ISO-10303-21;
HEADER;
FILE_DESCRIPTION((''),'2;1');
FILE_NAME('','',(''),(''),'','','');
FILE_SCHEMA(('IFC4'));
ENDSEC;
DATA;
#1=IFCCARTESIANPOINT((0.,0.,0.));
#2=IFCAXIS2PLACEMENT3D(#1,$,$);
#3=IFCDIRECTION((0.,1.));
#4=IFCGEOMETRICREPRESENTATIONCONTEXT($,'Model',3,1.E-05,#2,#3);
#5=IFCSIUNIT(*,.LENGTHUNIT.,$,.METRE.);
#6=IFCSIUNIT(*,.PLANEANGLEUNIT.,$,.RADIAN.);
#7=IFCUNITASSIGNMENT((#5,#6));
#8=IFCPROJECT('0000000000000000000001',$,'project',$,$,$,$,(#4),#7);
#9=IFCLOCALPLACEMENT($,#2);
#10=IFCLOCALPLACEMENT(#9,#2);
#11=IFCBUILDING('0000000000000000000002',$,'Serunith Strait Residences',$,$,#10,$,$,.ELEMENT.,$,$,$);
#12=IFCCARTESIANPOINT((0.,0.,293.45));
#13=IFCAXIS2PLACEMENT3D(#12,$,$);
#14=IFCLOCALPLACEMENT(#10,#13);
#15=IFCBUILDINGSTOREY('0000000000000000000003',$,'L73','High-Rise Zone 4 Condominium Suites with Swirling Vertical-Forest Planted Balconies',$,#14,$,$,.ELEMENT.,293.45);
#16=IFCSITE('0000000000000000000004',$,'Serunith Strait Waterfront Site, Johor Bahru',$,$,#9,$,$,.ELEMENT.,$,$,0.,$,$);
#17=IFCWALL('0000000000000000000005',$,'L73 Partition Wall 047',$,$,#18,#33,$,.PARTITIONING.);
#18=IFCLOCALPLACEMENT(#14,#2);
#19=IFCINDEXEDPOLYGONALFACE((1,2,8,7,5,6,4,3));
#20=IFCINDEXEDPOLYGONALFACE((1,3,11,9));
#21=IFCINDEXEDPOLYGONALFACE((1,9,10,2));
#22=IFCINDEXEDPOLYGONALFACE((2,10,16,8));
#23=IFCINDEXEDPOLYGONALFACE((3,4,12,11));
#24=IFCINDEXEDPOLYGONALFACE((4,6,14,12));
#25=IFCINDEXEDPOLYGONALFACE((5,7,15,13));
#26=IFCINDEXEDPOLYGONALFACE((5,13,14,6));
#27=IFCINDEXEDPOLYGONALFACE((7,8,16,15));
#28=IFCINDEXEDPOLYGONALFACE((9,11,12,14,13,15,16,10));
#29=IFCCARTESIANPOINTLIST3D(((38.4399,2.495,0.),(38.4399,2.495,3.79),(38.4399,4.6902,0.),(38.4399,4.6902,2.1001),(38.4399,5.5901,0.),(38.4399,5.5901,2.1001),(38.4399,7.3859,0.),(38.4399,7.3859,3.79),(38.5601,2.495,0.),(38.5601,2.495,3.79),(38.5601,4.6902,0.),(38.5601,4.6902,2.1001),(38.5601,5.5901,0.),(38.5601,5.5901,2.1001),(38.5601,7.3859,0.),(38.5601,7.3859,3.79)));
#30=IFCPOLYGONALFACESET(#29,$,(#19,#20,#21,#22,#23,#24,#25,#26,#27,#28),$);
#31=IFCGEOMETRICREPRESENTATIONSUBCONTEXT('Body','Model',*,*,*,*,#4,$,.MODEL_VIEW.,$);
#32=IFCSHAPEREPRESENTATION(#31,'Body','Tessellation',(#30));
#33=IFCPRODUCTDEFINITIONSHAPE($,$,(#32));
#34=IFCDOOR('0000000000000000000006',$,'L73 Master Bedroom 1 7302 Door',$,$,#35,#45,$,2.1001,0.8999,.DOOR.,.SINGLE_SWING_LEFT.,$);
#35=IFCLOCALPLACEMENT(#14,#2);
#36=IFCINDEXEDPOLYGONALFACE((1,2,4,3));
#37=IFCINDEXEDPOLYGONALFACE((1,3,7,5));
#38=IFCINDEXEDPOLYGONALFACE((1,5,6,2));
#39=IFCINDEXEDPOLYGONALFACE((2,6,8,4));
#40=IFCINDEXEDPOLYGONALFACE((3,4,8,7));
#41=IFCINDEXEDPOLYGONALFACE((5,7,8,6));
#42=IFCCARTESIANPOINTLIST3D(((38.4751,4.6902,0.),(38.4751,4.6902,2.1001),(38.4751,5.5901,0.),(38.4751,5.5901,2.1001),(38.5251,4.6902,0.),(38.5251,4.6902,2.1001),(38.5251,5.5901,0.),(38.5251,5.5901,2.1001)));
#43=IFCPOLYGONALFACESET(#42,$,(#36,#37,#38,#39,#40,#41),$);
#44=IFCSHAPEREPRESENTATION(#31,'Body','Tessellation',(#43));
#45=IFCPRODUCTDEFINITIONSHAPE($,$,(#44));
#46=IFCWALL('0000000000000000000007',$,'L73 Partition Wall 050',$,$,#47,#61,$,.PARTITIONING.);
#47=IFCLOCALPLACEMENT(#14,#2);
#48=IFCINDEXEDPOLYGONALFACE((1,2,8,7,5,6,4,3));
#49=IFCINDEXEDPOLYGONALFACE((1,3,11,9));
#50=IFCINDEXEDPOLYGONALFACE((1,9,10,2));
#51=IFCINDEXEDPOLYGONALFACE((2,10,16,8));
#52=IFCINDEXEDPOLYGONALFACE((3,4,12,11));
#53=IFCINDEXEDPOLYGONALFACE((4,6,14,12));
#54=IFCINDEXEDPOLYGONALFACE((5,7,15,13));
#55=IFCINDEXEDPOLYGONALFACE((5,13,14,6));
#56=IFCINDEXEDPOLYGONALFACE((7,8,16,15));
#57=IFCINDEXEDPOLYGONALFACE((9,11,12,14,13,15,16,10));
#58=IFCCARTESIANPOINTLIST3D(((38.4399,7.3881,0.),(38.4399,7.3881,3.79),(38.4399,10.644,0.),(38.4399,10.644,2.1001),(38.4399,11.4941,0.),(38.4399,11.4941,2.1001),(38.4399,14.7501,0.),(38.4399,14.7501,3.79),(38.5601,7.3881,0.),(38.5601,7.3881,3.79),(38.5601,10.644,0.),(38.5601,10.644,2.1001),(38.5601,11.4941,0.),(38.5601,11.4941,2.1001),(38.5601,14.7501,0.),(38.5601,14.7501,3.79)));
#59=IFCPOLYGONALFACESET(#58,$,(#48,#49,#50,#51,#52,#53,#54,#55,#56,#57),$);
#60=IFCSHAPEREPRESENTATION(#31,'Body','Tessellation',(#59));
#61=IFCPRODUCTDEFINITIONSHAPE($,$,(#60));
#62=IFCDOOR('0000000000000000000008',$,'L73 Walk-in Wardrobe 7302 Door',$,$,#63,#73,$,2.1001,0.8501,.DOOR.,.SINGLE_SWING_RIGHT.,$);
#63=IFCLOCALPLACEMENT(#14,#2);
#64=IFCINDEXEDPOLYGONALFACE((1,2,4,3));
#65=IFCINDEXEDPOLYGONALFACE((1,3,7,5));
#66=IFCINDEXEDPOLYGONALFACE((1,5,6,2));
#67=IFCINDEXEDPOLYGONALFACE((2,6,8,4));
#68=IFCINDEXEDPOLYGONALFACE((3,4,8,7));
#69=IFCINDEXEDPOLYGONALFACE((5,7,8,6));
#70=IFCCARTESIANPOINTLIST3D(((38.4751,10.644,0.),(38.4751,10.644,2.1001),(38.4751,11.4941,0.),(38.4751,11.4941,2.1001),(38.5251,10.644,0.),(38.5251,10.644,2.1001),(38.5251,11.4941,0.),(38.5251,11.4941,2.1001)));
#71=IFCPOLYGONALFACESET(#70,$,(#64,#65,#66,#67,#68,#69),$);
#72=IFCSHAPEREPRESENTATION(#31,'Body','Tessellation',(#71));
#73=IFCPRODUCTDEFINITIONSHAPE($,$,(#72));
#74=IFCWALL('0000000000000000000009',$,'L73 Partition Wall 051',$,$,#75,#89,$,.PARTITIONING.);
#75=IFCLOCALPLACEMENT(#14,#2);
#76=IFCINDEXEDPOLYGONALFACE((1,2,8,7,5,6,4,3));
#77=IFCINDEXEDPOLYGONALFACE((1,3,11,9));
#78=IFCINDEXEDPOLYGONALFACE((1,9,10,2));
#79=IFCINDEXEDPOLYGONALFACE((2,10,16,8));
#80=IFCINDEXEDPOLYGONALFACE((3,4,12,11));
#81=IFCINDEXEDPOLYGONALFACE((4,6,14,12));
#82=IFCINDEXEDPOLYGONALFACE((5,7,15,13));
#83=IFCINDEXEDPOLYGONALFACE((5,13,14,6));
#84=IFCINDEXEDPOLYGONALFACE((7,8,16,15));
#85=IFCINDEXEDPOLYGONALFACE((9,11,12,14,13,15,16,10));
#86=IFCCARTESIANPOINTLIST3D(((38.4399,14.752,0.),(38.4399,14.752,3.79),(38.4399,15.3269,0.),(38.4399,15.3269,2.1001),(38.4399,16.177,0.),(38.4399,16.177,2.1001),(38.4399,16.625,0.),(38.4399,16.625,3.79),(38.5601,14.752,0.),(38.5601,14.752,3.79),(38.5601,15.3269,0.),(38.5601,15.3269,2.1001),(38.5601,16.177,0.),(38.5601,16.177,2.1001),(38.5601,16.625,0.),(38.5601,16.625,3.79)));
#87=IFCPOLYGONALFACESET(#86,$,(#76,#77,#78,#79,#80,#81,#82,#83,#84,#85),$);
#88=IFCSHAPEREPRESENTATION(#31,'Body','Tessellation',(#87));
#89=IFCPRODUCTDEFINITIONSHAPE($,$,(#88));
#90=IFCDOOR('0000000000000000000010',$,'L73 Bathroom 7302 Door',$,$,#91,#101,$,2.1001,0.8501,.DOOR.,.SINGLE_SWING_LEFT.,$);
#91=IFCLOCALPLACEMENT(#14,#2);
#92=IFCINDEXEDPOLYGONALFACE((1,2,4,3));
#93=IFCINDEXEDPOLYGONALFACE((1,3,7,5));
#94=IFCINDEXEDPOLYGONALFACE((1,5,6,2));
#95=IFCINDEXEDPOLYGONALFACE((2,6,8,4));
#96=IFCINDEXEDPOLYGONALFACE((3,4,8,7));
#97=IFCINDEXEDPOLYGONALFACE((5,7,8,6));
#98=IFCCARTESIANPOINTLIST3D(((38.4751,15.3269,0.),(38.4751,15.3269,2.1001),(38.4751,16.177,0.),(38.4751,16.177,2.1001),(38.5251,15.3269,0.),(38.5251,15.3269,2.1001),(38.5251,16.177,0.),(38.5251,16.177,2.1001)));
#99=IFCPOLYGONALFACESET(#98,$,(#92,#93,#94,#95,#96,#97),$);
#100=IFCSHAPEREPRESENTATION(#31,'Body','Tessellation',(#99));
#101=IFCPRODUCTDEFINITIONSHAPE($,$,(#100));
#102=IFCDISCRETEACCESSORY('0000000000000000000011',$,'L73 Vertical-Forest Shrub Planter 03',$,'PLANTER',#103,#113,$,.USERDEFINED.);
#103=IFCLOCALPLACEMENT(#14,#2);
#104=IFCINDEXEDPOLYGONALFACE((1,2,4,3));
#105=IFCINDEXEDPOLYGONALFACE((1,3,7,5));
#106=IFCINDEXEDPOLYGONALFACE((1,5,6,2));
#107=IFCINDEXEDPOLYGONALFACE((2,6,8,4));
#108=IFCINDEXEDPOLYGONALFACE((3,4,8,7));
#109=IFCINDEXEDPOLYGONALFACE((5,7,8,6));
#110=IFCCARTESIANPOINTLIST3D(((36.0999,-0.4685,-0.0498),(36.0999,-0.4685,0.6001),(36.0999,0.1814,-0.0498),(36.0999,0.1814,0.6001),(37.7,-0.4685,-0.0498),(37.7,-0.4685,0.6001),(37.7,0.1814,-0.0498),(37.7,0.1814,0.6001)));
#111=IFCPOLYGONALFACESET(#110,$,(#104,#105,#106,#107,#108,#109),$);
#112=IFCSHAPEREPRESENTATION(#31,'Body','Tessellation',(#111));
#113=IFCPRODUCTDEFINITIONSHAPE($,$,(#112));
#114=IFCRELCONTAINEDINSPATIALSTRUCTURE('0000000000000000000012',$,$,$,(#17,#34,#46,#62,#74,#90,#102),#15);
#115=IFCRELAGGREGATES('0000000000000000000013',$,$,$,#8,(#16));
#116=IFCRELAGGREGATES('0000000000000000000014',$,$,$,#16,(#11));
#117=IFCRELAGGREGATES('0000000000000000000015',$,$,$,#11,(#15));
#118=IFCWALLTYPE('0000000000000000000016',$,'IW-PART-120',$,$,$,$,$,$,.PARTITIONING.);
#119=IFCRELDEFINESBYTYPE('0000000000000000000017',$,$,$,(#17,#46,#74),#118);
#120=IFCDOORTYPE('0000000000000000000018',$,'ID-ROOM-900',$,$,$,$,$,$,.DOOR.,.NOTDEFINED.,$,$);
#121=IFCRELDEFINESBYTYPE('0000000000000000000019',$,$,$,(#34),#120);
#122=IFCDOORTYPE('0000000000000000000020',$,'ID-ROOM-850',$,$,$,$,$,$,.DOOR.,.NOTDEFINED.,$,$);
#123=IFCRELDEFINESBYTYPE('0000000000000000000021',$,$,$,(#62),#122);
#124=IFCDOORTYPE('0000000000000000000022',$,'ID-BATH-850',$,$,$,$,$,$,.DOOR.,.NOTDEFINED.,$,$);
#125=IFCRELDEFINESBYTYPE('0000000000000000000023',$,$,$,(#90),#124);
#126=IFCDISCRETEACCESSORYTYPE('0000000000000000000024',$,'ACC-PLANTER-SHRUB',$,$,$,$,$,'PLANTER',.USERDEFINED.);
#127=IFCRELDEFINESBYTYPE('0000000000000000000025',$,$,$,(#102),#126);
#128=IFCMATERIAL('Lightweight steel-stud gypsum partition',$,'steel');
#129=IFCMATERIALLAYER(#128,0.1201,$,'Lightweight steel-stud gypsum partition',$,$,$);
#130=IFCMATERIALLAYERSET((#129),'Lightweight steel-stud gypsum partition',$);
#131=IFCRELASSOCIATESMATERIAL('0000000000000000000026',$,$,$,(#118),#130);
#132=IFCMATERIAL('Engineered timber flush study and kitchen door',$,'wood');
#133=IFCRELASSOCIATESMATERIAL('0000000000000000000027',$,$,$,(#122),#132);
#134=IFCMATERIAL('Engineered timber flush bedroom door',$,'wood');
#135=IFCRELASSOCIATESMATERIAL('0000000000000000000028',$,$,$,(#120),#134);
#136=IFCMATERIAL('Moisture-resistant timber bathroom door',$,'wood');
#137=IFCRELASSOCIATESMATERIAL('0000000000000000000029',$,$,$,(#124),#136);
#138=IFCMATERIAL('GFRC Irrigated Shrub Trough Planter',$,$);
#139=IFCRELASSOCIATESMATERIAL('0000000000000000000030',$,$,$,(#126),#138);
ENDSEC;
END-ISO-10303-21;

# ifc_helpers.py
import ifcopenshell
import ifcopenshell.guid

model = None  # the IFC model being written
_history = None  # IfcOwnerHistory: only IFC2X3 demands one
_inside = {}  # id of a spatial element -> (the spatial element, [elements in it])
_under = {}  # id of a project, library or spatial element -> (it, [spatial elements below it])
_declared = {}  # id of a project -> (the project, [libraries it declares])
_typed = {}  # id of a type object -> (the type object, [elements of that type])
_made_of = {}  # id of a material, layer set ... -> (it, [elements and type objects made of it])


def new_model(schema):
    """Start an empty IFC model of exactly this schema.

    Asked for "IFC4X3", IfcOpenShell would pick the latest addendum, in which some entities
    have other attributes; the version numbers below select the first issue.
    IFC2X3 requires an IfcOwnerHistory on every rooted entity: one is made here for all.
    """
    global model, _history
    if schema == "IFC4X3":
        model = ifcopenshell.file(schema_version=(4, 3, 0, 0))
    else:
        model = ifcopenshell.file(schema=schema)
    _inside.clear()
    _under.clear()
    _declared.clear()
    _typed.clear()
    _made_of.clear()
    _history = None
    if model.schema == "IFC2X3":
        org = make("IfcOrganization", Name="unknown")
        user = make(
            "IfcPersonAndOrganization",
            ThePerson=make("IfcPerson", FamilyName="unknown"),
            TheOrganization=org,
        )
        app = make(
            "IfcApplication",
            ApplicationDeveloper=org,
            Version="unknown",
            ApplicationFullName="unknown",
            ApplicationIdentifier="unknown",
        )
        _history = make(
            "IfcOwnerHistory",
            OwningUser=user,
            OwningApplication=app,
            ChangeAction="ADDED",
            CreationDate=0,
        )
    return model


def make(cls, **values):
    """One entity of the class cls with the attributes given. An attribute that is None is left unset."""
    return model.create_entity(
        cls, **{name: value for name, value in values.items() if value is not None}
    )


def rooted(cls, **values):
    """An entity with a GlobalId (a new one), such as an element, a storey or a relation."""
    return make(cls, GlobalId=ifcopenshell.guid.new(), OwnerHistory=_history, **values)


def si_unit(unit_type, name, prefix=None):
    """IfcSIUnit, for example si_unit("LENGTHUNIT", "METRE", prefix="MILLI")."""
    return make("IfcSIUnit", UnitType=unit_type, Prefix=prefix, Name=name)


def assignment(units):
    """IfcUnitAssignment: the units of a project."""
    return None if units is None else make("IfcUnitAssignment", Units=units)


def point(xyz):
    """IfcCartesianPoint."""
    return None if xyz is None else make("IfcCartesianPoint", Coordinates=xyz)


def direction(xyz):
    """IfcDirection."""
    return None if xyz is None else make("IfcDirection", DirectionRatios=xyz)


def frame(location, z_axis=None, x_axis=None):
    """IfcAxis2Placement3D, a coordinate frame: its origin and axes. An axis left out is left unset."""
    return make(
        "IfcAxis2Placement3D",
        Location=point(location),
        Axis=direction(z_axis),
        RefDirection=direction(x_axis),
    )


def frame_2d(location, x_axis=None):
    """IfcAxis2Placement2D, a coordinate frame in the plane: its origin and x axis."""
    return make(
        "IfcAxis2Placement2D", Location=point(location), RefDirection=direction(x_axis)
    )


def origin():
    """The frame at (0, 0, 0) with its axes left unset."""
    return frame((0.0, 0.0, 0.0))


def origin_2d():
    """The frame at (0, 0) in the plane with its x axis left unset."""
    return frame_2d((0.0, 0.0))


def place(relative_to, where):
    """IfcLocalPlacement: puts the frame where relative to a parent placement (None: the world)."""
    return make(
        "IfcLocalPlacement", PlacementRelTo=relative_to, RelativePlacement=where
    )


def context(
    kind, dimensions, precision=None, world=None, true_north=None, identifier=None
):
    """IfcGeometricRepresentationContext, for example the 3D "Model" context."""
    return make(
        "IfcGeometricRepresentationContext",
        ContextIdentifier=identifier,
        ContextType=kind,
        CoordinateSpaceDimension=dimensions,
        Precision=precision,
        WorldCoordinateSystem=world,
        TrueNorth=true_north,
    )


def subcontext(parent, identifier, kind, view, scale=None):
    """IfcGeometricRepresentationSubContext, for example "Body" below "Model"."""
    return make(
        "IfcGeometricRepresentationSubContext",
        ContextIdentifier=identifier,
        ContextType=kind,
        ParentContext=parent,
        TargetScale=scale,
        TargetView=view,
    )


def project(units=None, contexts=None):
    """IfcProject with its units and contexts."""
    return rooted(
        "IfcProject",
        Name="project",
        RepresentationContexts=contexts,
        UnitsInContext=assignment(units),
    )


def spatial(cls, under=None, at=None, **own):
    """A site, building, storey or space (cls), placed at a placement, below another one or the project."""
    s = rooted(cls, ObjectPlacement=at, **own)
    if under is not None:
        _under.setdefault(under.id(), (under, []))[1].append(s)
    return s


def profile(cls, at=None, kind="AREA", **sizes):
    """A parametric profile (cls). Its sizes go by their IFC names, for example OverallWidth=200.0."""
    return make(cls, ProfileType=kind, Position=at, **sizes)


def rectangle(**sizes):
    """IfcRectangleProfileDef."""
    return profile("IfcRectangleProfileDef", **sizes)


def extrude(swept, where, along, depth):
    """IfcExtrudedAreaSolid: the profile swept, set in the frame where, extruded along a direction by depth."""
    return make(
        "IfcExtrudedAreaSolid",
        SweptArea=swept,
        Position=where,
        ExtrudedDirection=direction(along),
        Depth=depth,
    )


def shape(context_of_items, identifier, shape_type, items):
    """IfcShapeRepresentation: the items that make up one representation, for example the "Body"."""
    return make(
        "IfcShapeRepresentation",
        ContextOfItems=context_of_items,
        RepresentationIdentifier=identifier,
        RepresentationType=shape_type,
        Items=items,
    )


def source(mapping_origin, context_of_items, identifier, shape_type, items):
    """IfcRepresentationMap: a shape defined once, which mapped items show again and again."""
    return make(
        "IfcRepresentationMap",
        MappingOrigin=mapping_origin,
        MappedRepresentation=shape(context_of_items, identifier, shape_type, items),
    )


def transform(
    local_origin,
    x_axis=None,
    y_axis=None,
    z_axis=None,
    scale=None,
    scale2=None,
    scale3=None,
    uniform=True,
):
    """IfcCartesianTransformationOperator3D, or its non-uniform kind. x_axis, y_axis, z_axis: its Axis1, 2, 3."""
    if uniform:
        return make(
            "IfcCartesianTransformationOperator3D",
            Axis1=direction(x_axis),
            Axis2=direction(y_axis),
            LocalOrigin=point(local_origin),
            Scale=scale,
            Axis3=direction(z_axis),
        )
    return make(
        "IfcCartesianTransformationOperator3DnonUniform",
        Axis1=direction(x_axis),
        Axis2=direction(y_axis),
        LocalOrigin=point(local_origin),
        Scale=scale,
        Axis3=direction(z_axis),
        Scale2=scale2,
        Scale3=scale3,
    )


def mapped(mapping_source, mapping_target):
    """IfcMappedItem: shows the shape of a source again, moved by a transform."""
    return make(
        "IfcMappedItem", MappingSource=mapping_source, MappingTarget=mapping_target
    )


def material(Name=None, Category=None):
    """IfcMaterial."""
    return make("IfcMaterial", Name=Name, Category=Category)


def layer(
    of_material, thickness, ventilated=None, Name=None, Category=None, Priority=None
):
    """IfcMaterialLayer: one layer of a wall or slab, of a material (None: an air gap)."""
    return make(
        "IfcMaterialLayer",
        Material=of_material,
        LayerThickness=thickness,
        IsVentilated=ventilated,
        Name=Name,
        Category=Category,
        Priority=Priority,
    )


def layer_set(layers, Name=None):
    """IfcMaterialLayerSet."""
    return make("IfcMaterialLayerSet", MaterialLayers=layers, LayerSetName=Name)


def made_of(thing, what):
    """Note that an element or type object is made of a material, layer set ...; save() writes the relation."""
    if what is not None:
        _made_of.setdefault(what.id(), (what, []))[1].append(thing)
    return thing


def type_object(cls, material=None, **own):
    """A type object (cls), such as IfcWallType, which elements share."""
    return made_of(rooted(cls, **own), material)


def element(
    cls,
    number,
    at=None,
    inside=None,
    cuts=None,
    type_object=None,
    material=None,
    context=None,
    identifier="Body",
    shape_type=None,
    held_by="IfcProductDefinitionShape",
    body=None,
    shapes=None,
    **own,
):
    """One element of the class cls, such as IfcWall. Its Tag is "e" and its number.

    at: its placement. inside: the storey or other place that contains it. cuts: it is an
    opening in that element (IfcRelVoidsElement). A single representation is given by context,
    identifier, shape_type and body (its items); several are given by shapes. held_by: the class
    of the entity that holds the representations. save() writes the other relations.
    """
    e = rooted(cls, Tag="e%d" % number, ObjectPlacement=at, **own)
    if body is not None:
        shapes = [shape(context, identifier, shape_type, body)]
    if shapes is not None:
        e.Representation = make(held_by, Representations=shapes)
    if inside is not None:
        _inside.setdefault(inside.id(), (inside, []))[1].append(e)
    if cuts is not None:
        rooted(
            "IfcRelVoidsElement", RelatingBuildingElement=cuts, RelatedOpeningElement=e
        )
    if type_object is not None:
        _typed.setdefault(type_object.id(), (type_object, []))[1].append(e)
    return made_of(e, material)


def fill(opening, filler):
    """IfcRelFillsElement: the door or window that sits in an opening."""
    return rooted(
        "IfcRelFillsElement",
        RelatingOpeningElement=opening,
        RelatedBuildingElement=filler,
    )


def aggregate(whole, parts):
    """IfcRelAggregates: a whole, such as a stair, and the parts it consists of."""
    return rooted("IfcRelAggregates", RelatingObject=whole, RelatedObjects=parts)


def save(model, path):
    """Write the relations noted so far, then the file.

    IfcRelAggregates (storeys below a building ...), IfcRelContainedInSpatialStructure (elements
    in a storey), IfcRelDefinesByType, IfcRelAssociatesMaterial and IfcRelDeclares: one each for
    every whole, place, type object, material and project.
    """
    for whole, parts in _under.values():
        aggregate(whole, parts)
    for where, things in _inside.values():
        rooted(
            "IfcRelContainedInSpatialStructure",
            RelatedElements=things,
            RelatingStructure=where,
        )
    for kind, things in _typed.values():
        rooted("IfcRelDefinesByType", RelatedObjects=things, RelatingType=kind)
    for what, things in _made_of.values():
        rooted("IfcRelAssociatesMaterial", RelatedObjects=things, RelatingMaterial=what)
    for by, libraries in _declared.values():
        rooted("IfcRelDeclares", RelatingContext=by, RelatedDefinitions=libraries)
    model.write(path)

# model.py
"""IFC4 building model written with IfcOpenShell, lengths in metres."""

from ifc_helpers import new_model, si_unit, direction, frame, frame_2d, origin, origin_2d, place, context, subcontext, project, spatial, rectangle, extrude, source, transform, mapped, material, layer, layer_set, type_object, element, fill, save


model = new_model("IFC4")

# Units and contexts
model_context = context("Model", 3, precision=1e-05, world=origin(), true_north=direction((0.0, 1.0)))
body_context = subcontext(model_context, "Body", "Model", "MODEL_VIEW")
ifc_project = project(units=[si_unit("LENGTHUNIT", "METRE"), si_unit("PLANEANGLEUNIT", "RADIAN")], contexts=[model_context])

# Site, building, storey
site_placement = place(None, origin())
site = spatial("IfcSite", under=ifc_project, at=site_placement, Name="Serunith Strait Waterfront Site, Johor Bahru", CompositionType="ELEMENT", RefElevation=0.0)
building_placement = place(site_placement, origin())
building = spatial("IfcBuilding", under=site, at=building_placement, Name="Serunith Strait Residences", CompositionType="ELEMENT")
storey_placement = place(building_placement, frame((0.0, 0.0, 293.45)))
storey = spatial("IfcBuildingStorey", under=building, at=storey_placement, Name="L73", Description="High-Rise Zone 4 Condominium Suites with Swirling Vertical-Forest Planted Balconies", CompositionType="ELEMENT", Elevation=293.45)

# Shared definitions
ifc_material_1 = material(Name="Lightweight steel-stud gypsum partition", Category="steel")
ifc_layer_1 = layer(ifc_material_1, 0.1201, Name="Lightweight steel-stud gypsum partition")
ifc_layer_set_1 = layer_set([ifc_layer_1], Name="Lightweight steel-stud gypsum partition")
wall_type_1 = type_object("IfcWallType", Name="IW-PART-120", PredefinedType="PARTITIONING", material=ifc_layer_set_1)
ifc_material_2 = material(Name="Engineered timber flush study and kitchen door", Category="wood")
door_type_1 = type_object("IfcDoorType", Name="ID-ROOM-850", OperationType="NOTDEFINED", PredefinedType="DOOR", material=ifc_material_2)
shared_shape_1 = source(origin(), body_context, "Body", "SweptSolid", [
    extrude(rectangle(XDim=0.8501, YDim=2.1001, at=frame_2d((0.425, 1.05))), frame((0.0, 0.0249, 0.0), z_axis=(0.0, -1.0, 0.0), x_axis=(1.0, 0.0, 0.0)), (0.0, 0.0, 1.0), 0.05),
])

# Walls, openings, doors
wall_1_placement = place(storey_placement, frame((38.5, 2.4951, 0.0), z_axis=(0.0, 0.0, 1.0), x_axis=(0.0, 1.0, 0.0)))
wall_1 = element("IfcWall", 1, at=wall_1_placement, inside=storey, type_object=wall_type_1, Name="L73 Partition Wall 047", PredefinedType="PARTITIONING", context=body_context, shape_type="SweptSolid", body=[
    extrude(rectangle(XDim=4.8909, YDim=0.1201, at=frame_2d((2.4453, 0.0))), origin(), (0.0, 0.0, 1.0), 3.79),
])
opening_1_placement = place(wall_1_placement, frame((2.1951, 0.0, 0.0)))
opening_1 = element("IfcOpeningElement", 2, at=opening_1_placement, cuts=wall_1, PredefinedType="OPENING", context=body_context, shape_type="SweptSolid", body=[
    extrude(rectangle(XDim=0.8999, YDim=2.1001, at=frame_2d((0.45, 1.05))), frame((0.0, 0.0701, 0.0), z_axis=(0.0, -1.0, 0.0), x_axis=(1.0, 0.0, 0.0)), (0.0, 0.0, 1.0), 0.1401),
])
ifc_material_3 = material(Name="Engineered timber flush bedroom door", Category="wood")
door_type_2 = type_object("IfcDoorType", Name="ID-ROOM-900", OperationType="NOTDEFINED", PredefinedType="DOOR", material=ifc_material_3)
shared_shape_2 = source(origin(), body_context, "Body", "SweptSolid", [
    extrude(rectangle(XDim=0.8999, YDim=2.1001, at=frame_2d((0.45, 1.05))), frame((0.0, 0.0249, 0.0), z_axis=(0.0, -1.0, 0.0), x_axis=(1.0, 0.0, 0.0)), (0.0, 0.0, 1.0), 0.05),
])
door_1_placement = place(opening_1_placement, origin())
door_1 = element("IfcDoor", 3, at=door_1_placement, inside=storey, type_object=door_type_2, Name="L73 Master Bedroom 1 7302 Door", OperationType="SINGLE_SWING_LEFT", OverallHeight=2.1001, OverallWidth=0.8999, PredefinedType="DOOR", context=body_context, shape_type="MappedRepresentation", body=[
    mapped(shared_shape_2, transform((0.0, 0.0, 0.0), scale=1.0)),
])
fill(opening_1, door_1)
wall_2_placement = place(storey_placement, frame((38.5, 7.3879, 0.0), z_axis=(0.0, 0.0, 1.0), x_axis=(0.0, 1.0, 0.0)))
wall_2 = element("IfcWall", 4, at=wall_2_placement, inside=storey, type_object=wall_type_1, Name="L73 Partition Wall 050", PredefinedType="PARTITIONING", context=body_context, shape_type="SweptSolid", body=[
    extrude(rectangle(XDim=7.3621, YDim=0.1201, at=frame_2d((3.6812, 0.0))), origin(), (0.0, 0.0, 1.0), 3.79),
])
opening_2_placement = place(wall_2_placement, frame((3.2561, 0.0, 0.0)))
opening_2 = element("IfcOpeningElement", 5, at=opening_2_placement, cuts=wall_2, PredefinedType="OPENING", context=body_context, shape_type="SweptSolid", body=[
    extrude(rectangle(XDim=0.8501, YDim=2.1001, at=frame_2d((0.425, 1.05))), frame((0.0, 0.0701, 0.0), z_axis=(0.0, -1.0, 0.0), x_axis=(1.0, 0.0, 0.0)), (0.0, 0.0, 1.0), 0.1401),
])
door_2_placement = place(opening_2_placement, origin())
door_2 = element("IfcDoor", 6, at=door_2_placement, inside=storey, type_object=door_type_1, Name="L73 Walk-in Wardrobe 7302 Door", OperationType="SINGLE_SWING_RIGHT", OverallHeight=2.1001, OverallWidth=0.8501, PredefinedType="DOOR", context=body_context, shape_type="MappedRepresentation", body=[
    mapped(shared_shape_1, transform((0.0, 0.0, 0.0), scale=1.0)),
])
fill(opening_2, door_2)
wall_3_placement = place(storey_placement, frame((38.5, 14.752, 0.0), z_axis=(0.0, 0.0, 1.0), x_axis=(0.0, 1.0, 0.0)))
wall_3 = element("IfcWall", 7, at=wall_3_placement, inside=storey, type_object=wall_type_1, Name="L73 Partition Wall 051", PredefinedType="PARTITIONING", context=body_context, shape_type="SweptSolid", body=[
    extrude(rectangle(XDim=1.873, YDim=0.1201, at=frame_2d((0.9365, 0.0))), origin(), (0.0, 0.0, 1.0), 3.79),
])
opening_3_placement = place(wall_3_placement, frame((0.575, 0.0, 0.0)))
opening_3 = element("IfcOpeningElement", 8, at=opening_3_placement, cuts=wall_3, PredefinedType="OPENING", context=body_context, shape_type="SweptSolid", body=[
    extrude(rectangle(XDim=0.8501, YDim=2.1001, at=frame_2d((0.425, 1.05))), frame((0.0, 0.0701, 0.0), z_axis=(0.0, -1.0, 0.0), x_axis=(1.0, 0.0, 0.0)), (0.0, 0.0, 1.0), 0.1401),
])
ifc_material_4 = material(Name="Moisture-resistant timber bathroom door", Category="wood")
door_type_3 = type_object("IfcDoorType", Name="ID-BATH-850", OperationType="NOTDEFINED", PredefinedType="DOOR", material=ifc_material_4)
door_3_placement = place(opening_3_placement, origin())
door_3 = element("IfcDoor", 9, at=door_3_placement, inside=storey, type_object=door_type_3, Name="L73 Bathroom 7302 Door", OperationType="SINGLE_SWING_LEFT", OverallHeight=2.1001, OverallWidth=0.8501, PredefinedType="DOOR", context=body_context, shape_type="MappedRepresentation", body=[
    mapped(shared_shape_1, transform((0.0, 0.0, 0.0), scale=1.0)),
])
fill(opening_3, door_3)

# Discrete accessory
ifc_material_5 = material(Name="GFRC Irrigated Shrub Trough Planter")
discrete_accessory_type = type_object("IfcDiscreteAccessoryType", Name="ACC-PLANTER-SHRUB", ElementType="PLANTER", PredefinedType="USERDEFINED", material=ifc_material_5)
shared_shape_3 = source(origin(), body_context, "Body", "SweptSolid", [
    extrude(rectangle(XDim=1.6001, YDim=0.6499, at=origin_2d()), origin(), (0.0, 0.0, 1.0), 0.6499),
])
discrete_accessory_placement = place(storey_placement, frame((36.8999, -0.1436, -0.0498), z_axis=(0.0, 0.0, 1.0), x_axis=(1.0, 0.0, 0.0)))
element("IfcDiscreteAccessory", 10, at=discrete_accessory_placement, inside=storey, type_object=discrete_accessory_type, Name="L73 Vertical-Forest Shrub Planter 03", ObjectType="PLANTER", PredefinedType="USERDEFINED", context=body_context, shape_type="MappedRepresentation", body=[
    mapped(shared_shape_3, transform((0.0, 0.0, 0.0), scale=1.0)),
])

save(model, "model.ifc")
